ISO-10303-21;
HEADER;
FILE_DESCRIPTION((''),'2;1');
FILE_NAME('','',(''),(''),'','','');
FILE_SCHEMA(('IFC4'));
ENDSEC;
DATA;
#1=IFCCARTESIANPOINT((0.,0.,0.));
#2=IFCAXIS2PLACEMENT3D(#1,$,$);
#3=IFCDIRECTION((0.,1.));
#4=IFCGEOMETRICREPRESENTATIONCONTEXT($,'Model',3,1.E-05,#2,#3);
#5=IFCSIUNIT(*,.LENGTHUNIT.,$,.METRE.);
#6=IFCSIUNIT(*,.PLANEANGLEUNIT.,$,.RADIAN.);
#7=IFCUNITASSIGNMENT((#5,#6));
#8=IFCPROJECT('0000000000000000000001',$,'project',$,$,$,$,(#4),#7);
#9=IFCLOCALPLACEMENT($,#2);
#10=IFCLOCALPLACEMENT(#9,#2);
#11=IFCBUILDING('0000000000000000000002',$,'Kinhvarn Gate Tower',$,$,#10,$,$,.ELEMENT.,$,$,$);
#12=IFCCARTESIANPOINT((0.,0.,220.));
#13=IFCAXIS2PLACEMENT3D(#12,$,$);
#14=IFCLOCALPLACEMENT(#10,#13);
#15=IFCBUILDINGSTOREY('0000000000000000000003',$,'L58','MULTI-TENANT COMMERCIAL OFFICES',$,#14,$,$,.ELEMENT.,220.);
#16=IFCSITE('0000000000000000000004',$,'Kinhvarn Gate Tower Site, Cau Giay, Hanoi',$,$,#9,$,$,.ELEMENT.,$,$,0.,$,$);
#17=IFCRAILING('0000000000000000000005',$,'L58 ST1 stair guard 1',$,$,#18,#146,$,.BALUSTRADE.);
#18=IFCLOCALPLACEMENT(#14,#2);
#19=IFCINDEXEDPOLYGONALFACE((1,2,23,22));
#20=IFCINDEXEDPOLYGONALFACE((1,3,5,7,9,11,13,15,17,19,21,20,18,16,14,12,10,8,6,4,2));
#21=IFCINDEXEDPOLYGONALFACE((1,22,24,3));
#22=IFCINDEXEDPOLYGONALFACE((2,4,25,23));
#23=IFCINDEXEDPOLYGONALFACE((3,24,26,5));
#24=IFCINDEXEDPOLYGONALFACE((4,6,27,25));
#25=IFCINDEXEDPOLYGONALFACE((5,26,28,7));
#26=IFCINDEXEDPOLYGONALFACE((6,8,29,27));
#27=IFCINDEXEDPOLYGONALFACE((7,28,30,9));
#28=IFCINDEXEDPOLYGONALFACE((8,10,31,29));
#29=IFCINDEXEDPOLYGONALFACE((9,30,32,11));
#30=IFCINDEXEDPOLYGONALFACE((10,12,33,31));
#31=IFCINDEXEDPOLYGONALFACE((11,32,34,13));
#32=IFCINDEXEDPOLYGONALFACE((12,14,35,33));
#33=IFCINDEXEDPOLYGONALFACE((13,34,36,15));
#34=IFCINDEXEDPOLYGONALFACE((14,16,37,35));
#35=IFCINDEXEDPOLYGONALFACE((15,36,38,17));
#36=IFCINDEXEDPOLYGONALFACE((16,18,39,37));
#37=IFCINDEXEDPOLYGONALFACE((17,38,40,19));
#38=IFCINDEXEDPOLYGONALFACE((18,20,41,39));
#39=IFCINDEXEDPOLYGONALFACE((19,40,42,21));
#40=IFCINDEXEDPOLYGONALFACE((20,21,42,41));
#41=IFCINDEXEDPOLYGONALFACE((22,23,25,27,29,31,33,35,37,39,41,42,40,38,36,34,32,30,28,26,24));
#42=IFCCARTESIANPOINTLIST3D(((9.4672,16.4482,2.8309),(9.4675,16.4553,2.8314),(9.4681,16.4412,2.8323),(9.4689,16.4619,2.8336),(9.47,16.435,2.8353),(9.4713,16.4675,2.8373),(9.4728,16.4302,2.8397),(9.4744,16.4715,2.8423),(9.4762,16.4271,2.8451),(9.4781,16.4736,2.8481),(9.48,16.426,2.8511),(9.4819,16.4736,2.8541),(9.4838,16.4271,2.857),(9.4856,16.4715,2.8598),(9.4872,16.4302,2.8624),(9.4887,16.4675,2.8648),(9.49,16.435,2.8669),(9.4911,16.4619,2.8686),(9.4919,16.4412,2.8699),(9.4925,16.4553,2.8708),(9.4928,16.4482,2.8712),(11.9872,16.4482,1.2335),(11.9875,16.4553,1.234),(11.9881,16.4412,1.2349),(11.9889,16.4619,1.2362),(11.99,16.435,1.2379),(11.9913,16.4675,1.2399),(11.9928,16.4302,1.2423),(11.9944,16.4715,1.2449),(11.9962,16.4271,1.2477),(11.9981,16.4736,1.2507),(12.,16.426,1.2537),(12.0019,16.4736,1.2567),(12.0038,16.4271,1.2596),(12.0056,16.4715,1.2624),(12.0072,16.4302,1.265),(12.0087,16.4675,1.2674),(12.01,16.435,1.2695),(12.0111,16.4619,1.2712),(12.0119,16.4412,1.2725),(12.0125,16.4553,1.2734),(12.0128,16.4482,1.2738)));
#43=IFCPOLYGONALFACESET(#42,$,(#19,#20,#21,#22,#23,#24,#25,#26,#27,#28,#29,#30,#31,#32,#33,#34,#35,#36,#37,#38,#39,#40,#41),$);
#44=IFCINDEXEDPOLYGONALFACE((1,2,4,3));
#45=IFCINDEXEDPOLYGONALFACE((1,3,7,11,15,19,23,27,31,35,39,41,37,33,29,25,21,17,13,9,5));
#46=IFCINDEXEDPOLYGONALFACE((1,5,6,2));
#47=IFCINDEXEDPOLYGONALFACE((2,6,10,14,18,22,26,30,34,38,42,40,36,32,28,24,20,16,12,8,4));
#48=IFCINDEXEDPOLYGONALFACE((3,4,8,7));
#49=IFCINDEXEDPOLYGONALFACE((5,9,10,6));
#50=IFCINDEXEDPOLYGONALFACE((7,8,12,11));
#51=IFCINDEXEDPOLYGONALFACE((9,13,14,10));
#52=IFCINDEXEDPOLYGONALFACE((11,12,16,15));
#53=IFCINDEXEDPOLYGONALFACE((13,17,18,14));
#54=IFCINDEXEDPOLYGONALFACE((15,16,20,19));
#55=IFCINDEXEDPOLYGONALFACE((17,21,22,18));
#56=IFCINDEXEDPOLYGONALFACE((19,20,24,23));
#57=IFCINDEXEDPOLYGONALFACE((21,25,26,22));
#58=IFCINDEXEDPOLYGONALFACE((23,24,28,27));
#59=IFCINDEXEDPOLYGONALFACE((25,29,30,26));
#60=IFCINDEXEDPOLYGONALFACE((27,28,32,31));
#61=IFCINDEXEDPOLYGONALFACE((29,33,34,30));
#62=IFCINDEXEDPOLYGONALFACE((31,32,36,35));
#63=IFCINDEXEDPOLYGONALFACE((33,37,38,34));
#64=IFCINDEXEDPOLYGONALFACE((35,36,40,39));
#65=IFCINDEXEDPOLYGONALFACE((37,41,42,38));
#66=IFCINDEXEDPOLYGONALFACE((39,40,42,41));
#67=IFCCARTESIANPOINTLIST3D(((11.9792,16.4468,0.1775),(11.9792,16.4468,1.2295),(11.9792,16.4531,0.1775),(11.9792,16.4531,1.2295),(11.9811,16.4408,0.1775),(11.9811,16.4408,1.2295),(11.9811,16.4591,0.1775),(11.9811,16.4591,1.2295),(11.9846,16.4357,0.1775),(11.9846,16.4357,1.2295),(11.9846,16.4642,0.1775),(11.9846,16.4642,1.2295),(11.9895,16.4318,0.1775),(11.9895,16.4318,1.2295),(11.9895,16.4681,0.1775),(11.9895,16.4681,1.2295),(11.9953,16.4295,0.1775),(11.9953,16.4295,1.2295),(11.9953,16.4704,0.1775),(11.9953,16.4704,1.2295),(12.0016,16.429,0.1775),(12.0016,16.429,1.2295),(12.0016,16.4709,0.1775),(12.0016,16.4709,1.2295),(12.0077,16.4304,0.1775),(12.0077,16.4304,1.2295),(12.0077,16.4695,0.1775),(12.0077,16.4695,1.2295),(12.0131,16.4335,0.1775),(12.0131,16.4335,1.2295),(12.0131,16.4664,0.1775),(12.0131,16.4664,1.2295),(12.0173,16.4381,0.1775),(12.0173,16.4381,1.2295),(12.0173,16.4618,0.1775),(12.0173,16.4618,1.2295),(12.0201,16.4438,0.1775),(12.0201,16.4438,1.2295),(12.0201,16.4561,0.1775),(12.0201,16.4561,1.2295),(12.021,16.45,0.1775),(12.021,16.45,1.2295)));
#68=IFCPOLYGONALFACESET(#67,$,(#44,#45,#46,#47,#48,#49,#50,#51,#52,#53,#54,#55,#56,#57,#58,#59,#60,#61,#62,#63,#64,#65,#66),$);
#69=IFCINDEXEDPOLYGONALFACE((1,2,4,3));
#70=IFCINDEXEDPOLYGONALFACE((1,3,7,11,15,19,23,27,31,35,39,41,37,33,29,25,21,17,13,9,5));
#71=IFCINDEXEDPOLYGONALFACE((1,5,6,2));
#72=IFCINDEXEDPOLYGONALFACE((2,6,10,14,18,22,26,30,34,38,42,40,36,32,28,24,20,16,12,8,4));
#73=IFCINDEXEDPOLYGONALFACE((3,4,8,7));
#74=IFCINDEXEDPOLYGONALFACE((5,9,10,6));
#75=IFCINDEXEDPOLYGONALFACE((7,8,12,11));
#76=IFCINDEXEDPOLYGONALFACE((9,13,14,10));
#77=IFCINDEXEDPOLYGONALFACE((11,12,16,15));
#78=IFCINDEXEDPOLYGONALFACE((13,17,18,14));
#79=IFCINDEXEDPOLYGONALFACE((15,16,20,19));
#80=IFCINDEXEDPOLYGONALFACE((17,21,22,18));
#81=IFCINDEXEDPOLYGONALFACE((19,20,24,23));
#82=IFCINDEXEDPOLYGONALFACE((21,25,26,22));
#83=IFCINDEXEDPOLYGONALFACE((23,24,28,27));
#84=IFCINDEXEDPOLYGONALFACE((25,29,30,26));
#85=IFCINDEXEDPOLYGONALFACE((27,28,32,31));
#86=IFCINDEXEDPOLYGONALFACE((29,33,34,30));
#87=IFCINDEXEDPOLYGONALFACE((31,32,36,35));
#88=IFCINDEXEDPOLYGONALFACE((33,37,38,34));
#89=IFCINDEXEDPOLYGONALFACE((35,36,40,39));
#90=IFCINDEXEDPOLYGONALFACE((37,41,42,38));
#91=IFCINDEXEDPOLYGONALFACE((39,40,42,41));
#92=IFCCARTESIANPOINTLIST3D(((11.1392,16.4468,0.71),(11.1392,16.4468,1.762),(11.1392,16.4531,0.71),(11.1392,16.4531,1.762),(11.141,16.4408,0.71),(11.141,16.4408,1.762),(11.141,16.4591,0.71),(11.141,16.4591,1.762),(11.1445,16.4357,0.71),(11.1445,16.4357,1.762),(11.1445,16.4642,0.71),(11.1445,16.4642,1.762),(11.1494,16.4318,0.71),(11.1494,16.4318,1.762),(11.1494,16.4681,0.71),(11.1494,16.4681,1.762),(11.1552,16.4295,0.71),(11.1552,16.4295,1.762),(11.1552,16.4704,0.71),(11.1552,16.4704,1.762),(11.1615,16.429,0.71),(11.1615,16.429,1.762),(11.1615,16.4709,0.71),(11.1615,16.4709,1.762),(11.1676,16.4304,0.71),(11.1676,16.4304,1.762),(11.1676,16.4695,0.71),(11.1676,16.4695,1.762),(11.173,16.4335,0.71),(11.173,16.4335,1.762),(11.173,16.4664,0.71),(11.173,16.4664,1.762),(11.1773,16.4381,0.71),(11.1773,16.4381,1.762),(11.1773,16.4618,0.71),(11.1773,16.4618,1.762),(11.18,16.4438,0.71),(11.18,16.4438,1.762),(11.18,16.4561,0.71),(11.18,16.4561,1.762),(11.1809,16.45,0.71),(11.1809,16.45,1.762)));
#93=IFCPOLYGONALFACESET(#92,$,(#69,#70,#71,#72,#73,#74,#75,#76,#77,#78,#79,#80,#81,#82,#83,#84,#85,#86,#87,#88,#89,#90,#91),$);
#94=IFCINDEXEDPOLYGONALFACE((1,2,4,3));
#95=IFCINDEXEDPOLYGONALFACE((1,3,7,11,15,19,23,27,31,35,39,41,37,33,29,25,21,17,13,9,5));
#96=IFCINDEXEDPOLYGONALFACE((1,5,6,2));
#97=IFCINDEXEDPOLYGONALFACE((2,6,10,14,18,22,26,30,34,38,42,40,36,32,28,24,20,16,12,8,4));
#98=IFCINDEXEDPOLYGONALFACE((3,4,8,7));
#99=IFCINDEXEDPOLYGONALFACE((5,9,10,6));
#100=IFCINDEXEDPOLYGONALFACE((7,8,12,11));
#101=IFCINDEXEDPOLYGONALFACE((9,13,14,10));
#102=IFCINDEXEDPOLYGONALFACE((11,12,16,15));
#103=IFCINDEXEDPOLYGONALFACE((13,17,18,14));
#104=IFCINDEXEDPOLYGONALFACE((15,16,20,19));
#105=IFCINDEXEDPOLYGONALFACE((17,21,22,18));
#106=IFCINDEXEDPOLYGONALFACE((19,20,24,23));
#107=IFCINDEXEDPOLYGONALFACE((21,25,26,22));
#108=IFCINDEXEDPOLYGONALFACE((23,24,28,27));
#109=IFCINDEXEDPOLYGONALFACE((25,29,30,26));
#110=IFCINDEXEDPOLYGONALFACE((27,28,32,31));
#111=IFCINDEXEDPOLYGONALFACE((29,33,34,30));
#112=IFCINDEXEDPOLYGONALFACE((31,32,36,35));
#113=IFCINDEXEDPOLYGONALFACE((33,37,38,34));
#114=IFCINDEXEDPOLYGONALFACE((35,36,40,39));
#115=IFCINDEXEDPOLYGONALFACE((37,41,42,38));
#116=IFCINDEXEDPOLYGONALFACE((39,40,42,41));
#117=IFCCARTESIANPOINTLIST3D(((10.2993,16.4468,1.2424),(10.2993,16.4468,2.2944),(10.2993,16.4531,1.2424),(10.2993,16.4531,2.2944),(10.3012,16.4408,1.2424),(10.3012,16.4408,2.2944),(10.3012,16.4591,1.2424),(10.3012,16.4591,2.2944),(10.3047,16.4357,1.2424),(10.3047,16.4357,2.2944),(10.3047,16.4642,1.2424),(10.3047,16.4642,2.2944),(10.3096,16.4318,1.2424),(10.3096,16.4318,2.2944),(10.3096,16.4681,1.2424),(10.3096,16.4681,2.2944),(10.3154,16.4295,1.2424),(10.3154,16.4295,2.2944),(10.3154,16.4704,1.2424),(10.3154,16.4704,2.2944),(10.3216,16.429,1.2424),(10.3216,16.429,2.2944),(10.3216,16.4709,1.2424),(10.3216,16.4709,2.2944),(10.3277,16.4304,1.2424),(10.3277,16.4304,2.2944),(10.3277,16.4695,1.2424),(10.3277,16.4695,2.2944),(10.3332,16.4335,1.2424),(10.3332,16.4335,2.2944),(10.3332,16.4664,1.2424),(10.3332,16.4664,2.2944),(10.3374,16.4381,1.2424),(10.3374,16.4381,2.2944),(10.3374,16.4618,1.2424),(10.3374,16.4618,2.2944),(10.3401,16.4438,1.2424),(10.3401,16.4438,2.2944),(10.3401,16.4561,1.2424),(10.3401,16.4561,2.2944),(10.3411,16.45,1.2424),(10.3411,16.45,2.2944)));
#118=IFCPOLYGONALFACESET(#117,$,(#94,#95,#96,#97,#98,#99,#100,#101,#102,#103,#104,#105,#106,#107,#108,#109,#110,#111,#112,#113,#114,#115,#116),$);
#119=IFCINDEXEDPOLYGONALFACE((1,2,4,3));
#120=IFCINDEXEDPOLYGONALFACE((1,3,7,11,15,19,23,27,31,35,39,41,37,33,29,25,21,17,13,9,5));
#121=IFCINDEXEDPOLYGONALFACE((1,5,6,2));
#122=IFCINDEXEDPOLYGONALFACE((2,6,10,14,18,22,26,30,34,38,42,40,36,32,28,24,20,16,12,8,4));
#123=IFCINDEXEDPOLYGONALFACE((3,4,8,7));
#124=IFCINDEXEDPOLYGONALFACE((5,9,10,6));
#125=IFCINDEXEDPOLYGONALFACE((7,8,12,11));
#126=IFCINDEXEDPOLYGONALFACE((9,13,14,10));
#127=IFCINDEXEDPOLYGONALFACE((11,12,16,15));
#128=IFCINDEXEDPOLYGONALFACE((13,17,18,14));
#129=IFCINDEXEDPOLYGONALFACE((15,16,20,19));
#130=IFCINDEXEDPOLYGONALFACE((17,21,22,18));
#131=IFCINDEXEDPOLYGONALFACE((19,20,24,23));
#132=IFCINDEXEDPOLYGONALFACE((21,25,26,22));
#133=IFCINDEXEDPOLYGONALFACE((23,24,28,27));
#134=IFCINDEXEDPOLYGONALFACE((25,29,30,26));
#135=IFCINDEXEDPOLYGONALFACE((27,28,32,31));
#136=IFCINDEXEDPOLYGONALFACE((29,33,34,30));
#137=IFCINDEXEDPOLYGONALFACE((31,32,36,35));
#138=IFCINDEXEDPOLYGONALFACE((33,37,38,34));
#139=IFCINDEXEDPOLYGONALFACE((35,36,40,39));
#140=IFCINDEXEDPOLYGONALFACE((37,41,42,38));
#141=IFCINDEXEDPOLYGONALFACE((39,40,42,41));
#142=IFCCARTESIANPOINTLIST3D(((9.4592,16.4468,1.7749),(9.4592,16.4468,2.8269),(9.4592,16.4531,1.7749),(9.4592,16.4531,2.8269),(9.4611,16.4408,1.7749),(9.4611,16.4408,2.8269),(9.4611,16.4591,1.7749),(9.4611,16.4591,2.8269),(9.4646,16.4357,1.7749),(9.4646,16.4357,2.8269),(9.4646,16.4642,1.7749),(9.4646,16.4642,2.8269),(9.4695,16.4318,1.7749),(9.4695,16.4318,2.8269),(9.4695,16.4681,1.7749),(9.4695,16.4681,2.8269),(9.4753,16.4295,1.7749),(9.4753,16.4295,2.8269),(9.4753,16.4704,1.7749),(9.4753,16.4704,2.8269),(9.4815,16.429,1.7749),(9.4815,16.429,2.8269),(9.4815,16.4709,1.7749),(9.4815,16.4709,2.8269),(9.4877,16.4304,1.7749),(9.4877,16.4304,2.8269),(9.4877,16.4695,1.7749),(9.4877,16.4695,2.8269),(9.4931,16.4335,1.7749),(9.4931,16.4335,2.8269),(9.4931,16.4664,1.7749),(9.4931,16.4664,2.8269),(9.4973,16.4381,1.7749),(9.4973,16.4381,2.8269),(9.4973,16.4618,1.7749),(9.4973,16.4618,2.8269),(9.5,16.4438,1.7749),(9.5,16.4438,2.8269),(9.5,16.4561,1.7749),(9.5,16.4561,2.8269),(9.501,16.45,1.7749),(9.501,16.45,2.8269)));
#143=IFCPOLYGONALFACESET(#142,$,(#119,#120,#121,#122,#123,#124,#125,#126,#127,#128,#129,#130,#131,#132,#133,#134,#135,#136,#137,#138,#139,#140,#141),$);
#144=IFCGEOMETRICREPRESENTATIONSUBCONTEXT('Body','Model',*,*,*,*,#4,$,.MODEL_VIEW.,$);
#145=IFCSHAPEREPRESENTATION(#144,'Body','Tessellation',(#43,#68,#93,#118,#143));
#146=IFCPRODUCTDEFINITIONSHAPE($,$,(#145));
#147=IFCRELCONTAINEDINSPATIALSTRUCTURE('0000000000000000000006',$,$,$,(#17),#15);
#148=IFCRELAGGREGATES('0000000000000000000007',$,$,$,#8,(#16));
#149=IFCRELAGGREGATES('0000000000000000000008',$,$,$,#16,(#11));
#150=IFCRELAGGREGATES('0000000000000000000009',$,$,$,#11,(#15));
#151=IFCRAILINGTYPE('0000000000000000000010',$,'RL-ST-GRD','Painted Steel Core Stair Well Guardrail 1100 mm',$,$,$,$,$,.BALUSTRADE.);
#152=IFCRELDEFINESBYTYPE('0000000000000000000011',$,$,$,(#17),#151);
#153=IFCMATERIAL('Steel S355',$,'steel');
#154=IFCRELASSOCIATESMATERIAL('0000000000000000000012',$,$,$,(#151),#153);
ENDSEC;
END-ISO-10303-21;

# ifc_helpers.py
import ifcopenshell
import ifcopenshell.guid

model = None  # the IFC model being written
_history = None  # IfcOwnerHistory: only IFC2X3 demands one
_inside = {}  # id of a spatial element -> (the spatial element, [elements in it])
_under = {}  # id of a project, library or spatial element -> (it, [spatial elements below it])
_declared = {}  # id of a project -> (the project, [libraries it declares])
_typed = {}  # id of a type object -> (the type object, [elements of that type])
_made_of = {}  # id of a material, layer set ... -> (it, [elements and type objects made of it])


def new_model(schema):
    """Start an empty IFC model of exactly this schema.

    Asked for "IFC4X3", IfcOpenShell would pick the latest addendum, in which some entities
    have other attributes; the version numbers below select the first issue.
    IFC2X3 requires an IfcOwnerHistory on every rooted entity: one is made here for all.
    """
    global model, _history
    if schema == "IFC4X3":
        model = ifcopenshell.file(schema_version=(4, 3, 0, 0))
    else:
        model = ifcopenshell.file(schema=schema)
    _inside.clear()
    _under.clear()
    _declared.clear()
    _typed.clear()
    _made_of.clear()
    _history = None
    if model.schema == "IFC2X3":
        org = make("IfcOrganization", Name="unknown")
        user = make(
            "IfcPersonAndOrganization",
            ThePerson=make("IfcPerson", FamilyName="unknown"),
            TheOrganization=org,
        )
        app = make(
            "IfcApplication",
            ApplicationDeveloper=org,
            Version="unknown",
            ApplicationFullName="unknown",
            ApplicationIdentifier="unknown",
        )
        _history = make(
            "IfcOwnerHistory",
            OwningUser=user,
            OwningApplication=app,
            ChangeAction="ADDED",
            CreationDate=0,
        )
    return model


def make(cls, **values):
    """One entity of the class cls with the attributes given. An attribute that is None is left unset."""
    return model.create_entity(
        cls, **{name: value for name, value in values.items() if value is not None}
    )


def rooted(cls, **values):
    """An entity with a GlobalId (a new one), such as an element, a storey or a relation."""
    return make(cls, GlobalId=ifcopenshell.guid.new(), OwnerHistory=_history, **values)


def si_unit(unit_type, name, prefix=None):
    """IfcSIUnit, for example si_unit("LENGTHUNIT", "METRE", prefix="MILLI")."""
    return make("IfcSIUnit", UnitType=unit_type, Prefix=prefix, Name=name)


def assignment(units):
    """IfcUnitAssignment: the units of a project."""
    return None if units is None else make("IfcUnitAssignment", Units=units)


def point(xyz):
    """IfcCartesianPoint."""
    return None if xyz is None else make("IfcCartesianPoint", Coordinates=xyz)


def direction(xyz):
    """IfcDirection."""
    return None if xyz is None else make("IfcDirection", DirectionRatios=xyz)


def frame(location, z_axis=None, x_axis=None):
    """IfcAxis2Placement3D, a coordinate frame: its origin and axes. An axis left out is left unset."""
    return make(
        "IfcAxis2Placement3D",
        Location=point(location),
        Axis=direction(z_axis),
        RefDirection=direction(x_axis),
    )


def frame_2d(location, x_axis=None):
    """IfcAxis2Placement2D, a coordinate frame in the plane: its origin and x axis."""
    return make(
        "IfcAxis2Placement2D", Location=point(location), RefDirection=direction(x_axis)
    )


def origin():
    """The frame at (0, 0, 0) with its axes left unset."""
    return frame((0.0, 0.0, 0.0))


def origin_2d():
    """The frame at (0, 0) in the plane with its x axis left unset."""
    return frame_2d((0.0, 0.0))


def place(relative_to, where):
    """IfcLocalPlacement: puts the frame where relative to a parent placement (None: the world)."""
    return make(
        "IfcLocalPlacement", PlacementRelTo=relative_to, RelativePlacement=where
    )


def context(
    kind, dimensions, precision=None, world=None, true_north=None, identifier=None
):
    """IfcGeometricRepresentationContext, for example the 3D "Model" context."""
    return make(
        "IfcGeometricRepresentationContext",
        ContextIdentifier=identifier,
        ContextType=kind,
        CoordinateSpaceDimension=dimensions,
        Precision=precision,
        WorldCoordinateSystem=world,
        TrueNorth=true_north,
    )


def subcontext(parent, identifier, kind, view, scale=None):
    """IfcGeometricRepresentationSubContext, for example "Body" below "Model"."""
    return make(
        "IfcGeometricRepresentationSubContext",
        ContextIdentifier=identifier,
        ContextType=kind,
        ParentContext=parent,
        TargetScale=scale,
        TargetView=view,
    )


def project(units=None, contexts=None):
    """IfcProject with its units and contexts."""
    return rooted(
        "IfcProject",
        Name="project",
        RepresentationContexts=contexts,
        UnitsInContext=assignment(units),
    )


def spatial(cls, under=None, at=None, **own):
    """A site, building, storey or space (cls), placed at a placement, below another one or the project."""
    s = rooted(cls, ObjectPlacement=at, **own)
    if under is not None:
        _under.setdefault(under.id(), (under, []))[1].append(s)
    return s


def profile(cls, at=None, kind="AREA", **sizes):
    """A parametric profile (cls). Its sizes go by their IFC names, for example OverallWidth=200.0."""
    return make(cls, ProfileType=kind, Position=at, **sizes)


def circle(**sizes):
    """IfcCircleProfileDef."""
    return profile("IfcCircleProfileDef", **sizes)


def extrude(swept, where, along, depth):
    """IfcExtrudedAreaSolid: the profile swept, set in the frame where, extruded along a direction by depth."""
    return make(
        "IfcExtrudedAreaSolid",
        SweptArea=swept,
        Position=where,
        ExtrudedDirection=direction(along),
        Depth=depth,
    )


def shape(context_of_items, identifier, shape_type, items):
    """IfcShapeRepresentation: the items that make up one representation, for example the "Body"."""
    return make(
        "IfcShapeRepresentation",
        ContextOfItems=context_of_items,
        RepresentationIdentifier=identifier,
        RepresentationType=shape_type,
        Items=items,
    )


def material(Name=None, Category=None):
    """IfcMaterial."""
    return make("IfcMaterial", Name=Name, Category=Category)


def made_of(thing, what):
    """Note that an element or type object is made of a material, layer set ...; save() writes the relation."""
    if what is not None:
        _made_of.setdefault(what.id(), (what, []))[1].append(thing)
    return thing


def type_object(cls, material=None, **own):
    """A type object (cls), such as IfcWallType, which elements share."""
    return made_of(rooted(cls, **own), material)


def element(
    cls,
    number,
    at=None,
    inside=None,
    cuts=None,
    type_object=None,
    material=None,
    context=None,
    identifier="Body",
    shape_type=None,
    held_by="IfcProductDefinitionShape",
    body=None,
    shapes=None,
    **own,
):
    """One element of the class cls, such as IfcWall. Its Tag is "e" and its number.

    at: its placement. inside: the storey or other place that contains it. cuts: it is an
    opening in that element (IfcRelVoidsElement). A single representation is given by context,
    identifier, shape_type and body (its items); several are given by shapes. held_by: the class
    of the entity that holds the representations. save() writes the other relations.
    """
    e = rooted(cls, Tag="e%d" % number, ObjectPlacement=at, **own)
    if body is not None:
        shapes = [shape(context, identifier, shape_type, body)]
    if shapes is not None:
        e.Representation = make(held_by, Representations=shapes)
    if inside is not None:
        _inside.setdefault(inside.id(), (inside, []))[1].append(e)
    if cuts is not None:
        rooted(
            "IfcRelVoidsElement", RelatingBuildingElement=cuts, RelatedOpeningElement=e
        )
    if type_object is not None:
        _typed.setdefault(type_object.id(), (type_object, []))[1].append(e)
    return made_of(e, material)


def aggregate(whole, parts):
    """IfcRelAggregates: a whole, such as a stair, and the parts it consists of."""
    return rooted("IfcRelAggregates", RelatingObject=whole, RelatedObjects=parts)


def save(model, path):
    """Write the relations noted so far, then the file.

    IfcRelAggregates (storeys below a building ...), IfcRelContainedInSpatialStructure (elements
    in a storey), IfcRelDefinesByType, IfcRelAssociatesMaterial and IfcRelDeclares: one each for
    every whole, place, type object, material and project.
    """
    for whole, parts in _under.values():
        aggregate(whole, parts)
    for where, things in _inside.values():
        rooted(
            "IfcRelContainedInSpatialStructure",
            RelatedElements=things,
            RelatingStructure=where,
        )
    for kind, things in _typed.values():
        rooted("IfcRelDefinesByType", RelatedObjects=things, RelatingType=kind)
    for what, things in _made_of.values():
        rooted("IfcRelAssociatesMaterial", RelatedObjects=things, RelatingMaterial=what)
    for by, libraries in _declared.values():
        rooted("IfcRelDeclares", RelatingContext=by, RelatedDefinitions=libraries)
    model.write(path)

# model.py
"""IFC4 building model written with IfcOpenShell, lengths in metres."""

from ifc_helpers import new_model, si_unit, direction, frame, origin, origin_2d, place, context, subcontext, project, spatial, circle, extrude, material, type_object, element, save


model = new_model("IFC4")

# Units and contexts
model_context = context("Model", 3, precision=1e-05, world=origin(), true_north=direction((0.0, 1.0)))
body_context = subcontext(model_context, "Body", "Model", "MODEL_VIEW")
ifc_project = project(units=[si_unit("LENGTHUNIT", "METRE"), si_unit("PLANEANGLEUNIT", "RADIAN")], contexts=[model_context])

# Site, building, storey
site_placement = place(None, origin())
site = spatial("IfcSite", under=ifc_project, at=site_placement, Name="Kinhvarn Gate Tower Site, Cau Giay, Hanoi", CompositionType="ELEMENT", RefElevation=0.0)
building_placement = place(site_placement, origin())
building = spatial("IfcBuilding", under=site, at=building_placement, Name="Kinhvarn Gate Tower", CompositionType="ELEMENT")
storey_placement = place(building_placement, frame((0.0, 0.0, 220.0)))
storey = spatial("IfcBuildingStorey", under=building, at=storey_placement, Name="L58", Description="MULTI-TENANT COMMERCIAL OFFICES", CompositionType="ELEMENT", Elevation=220.0)

# Shared definitions
ifc_material_1 = material(Name="Steel S355", Category="steel")

# Railing
railing_type_1 = type_object("IfcRailingType", Name="RL-ST-GRD", Description="Painted Steel Core Stair Well Guardrail 1100 mm", PredefinedType="BALUSTRADE", material=ifc_material_1)
railing_1_placement = place(storey_placement, frame((12.0, 16.45, 0.1775)))
element("IfcRailing", 1, at=railing_1_placement, inside=storey, type_object=railing_type_1, Name="L58 ST1 stair guard 1", PredefinedType="BALUSTRADE", context=body_context, shape_type="SweptSolid", body=[
    extrude(circle(Radius=0.0239, at=origin_2d()), frame((0.0, 0.0, 1.0762), z_axis=(-0.844607, 0.0, 0.535387), x_axis=(0.0, -1.0, 0.0)), (0.0, 0.0, 1.0), 2.9836),
    extrude(circle(Radius=0.021, at=origin_2d()), origin(), (0.0, 0.0, 1.0), 1.052),
    extrude(circle(Radius=0.021, at=origin_2d()), frame((-0.8401, 0.0, 0.5325)), (0.0, 0.0, 1.0), 1.052),
    extrude(circle(Radius=0.021, at=origin_2d()), frame((-1.6799, 0.0, 1.0649)), (0.0, 0.0, 1.0), 1.052),
    extrude(circle(Radius=0.021, at=origin_2d()), frame((-2.52, 0.0, 1.5974)), (0.0, 0.0, 1.0), 1.052),
])

save(model, "model.ifc")
